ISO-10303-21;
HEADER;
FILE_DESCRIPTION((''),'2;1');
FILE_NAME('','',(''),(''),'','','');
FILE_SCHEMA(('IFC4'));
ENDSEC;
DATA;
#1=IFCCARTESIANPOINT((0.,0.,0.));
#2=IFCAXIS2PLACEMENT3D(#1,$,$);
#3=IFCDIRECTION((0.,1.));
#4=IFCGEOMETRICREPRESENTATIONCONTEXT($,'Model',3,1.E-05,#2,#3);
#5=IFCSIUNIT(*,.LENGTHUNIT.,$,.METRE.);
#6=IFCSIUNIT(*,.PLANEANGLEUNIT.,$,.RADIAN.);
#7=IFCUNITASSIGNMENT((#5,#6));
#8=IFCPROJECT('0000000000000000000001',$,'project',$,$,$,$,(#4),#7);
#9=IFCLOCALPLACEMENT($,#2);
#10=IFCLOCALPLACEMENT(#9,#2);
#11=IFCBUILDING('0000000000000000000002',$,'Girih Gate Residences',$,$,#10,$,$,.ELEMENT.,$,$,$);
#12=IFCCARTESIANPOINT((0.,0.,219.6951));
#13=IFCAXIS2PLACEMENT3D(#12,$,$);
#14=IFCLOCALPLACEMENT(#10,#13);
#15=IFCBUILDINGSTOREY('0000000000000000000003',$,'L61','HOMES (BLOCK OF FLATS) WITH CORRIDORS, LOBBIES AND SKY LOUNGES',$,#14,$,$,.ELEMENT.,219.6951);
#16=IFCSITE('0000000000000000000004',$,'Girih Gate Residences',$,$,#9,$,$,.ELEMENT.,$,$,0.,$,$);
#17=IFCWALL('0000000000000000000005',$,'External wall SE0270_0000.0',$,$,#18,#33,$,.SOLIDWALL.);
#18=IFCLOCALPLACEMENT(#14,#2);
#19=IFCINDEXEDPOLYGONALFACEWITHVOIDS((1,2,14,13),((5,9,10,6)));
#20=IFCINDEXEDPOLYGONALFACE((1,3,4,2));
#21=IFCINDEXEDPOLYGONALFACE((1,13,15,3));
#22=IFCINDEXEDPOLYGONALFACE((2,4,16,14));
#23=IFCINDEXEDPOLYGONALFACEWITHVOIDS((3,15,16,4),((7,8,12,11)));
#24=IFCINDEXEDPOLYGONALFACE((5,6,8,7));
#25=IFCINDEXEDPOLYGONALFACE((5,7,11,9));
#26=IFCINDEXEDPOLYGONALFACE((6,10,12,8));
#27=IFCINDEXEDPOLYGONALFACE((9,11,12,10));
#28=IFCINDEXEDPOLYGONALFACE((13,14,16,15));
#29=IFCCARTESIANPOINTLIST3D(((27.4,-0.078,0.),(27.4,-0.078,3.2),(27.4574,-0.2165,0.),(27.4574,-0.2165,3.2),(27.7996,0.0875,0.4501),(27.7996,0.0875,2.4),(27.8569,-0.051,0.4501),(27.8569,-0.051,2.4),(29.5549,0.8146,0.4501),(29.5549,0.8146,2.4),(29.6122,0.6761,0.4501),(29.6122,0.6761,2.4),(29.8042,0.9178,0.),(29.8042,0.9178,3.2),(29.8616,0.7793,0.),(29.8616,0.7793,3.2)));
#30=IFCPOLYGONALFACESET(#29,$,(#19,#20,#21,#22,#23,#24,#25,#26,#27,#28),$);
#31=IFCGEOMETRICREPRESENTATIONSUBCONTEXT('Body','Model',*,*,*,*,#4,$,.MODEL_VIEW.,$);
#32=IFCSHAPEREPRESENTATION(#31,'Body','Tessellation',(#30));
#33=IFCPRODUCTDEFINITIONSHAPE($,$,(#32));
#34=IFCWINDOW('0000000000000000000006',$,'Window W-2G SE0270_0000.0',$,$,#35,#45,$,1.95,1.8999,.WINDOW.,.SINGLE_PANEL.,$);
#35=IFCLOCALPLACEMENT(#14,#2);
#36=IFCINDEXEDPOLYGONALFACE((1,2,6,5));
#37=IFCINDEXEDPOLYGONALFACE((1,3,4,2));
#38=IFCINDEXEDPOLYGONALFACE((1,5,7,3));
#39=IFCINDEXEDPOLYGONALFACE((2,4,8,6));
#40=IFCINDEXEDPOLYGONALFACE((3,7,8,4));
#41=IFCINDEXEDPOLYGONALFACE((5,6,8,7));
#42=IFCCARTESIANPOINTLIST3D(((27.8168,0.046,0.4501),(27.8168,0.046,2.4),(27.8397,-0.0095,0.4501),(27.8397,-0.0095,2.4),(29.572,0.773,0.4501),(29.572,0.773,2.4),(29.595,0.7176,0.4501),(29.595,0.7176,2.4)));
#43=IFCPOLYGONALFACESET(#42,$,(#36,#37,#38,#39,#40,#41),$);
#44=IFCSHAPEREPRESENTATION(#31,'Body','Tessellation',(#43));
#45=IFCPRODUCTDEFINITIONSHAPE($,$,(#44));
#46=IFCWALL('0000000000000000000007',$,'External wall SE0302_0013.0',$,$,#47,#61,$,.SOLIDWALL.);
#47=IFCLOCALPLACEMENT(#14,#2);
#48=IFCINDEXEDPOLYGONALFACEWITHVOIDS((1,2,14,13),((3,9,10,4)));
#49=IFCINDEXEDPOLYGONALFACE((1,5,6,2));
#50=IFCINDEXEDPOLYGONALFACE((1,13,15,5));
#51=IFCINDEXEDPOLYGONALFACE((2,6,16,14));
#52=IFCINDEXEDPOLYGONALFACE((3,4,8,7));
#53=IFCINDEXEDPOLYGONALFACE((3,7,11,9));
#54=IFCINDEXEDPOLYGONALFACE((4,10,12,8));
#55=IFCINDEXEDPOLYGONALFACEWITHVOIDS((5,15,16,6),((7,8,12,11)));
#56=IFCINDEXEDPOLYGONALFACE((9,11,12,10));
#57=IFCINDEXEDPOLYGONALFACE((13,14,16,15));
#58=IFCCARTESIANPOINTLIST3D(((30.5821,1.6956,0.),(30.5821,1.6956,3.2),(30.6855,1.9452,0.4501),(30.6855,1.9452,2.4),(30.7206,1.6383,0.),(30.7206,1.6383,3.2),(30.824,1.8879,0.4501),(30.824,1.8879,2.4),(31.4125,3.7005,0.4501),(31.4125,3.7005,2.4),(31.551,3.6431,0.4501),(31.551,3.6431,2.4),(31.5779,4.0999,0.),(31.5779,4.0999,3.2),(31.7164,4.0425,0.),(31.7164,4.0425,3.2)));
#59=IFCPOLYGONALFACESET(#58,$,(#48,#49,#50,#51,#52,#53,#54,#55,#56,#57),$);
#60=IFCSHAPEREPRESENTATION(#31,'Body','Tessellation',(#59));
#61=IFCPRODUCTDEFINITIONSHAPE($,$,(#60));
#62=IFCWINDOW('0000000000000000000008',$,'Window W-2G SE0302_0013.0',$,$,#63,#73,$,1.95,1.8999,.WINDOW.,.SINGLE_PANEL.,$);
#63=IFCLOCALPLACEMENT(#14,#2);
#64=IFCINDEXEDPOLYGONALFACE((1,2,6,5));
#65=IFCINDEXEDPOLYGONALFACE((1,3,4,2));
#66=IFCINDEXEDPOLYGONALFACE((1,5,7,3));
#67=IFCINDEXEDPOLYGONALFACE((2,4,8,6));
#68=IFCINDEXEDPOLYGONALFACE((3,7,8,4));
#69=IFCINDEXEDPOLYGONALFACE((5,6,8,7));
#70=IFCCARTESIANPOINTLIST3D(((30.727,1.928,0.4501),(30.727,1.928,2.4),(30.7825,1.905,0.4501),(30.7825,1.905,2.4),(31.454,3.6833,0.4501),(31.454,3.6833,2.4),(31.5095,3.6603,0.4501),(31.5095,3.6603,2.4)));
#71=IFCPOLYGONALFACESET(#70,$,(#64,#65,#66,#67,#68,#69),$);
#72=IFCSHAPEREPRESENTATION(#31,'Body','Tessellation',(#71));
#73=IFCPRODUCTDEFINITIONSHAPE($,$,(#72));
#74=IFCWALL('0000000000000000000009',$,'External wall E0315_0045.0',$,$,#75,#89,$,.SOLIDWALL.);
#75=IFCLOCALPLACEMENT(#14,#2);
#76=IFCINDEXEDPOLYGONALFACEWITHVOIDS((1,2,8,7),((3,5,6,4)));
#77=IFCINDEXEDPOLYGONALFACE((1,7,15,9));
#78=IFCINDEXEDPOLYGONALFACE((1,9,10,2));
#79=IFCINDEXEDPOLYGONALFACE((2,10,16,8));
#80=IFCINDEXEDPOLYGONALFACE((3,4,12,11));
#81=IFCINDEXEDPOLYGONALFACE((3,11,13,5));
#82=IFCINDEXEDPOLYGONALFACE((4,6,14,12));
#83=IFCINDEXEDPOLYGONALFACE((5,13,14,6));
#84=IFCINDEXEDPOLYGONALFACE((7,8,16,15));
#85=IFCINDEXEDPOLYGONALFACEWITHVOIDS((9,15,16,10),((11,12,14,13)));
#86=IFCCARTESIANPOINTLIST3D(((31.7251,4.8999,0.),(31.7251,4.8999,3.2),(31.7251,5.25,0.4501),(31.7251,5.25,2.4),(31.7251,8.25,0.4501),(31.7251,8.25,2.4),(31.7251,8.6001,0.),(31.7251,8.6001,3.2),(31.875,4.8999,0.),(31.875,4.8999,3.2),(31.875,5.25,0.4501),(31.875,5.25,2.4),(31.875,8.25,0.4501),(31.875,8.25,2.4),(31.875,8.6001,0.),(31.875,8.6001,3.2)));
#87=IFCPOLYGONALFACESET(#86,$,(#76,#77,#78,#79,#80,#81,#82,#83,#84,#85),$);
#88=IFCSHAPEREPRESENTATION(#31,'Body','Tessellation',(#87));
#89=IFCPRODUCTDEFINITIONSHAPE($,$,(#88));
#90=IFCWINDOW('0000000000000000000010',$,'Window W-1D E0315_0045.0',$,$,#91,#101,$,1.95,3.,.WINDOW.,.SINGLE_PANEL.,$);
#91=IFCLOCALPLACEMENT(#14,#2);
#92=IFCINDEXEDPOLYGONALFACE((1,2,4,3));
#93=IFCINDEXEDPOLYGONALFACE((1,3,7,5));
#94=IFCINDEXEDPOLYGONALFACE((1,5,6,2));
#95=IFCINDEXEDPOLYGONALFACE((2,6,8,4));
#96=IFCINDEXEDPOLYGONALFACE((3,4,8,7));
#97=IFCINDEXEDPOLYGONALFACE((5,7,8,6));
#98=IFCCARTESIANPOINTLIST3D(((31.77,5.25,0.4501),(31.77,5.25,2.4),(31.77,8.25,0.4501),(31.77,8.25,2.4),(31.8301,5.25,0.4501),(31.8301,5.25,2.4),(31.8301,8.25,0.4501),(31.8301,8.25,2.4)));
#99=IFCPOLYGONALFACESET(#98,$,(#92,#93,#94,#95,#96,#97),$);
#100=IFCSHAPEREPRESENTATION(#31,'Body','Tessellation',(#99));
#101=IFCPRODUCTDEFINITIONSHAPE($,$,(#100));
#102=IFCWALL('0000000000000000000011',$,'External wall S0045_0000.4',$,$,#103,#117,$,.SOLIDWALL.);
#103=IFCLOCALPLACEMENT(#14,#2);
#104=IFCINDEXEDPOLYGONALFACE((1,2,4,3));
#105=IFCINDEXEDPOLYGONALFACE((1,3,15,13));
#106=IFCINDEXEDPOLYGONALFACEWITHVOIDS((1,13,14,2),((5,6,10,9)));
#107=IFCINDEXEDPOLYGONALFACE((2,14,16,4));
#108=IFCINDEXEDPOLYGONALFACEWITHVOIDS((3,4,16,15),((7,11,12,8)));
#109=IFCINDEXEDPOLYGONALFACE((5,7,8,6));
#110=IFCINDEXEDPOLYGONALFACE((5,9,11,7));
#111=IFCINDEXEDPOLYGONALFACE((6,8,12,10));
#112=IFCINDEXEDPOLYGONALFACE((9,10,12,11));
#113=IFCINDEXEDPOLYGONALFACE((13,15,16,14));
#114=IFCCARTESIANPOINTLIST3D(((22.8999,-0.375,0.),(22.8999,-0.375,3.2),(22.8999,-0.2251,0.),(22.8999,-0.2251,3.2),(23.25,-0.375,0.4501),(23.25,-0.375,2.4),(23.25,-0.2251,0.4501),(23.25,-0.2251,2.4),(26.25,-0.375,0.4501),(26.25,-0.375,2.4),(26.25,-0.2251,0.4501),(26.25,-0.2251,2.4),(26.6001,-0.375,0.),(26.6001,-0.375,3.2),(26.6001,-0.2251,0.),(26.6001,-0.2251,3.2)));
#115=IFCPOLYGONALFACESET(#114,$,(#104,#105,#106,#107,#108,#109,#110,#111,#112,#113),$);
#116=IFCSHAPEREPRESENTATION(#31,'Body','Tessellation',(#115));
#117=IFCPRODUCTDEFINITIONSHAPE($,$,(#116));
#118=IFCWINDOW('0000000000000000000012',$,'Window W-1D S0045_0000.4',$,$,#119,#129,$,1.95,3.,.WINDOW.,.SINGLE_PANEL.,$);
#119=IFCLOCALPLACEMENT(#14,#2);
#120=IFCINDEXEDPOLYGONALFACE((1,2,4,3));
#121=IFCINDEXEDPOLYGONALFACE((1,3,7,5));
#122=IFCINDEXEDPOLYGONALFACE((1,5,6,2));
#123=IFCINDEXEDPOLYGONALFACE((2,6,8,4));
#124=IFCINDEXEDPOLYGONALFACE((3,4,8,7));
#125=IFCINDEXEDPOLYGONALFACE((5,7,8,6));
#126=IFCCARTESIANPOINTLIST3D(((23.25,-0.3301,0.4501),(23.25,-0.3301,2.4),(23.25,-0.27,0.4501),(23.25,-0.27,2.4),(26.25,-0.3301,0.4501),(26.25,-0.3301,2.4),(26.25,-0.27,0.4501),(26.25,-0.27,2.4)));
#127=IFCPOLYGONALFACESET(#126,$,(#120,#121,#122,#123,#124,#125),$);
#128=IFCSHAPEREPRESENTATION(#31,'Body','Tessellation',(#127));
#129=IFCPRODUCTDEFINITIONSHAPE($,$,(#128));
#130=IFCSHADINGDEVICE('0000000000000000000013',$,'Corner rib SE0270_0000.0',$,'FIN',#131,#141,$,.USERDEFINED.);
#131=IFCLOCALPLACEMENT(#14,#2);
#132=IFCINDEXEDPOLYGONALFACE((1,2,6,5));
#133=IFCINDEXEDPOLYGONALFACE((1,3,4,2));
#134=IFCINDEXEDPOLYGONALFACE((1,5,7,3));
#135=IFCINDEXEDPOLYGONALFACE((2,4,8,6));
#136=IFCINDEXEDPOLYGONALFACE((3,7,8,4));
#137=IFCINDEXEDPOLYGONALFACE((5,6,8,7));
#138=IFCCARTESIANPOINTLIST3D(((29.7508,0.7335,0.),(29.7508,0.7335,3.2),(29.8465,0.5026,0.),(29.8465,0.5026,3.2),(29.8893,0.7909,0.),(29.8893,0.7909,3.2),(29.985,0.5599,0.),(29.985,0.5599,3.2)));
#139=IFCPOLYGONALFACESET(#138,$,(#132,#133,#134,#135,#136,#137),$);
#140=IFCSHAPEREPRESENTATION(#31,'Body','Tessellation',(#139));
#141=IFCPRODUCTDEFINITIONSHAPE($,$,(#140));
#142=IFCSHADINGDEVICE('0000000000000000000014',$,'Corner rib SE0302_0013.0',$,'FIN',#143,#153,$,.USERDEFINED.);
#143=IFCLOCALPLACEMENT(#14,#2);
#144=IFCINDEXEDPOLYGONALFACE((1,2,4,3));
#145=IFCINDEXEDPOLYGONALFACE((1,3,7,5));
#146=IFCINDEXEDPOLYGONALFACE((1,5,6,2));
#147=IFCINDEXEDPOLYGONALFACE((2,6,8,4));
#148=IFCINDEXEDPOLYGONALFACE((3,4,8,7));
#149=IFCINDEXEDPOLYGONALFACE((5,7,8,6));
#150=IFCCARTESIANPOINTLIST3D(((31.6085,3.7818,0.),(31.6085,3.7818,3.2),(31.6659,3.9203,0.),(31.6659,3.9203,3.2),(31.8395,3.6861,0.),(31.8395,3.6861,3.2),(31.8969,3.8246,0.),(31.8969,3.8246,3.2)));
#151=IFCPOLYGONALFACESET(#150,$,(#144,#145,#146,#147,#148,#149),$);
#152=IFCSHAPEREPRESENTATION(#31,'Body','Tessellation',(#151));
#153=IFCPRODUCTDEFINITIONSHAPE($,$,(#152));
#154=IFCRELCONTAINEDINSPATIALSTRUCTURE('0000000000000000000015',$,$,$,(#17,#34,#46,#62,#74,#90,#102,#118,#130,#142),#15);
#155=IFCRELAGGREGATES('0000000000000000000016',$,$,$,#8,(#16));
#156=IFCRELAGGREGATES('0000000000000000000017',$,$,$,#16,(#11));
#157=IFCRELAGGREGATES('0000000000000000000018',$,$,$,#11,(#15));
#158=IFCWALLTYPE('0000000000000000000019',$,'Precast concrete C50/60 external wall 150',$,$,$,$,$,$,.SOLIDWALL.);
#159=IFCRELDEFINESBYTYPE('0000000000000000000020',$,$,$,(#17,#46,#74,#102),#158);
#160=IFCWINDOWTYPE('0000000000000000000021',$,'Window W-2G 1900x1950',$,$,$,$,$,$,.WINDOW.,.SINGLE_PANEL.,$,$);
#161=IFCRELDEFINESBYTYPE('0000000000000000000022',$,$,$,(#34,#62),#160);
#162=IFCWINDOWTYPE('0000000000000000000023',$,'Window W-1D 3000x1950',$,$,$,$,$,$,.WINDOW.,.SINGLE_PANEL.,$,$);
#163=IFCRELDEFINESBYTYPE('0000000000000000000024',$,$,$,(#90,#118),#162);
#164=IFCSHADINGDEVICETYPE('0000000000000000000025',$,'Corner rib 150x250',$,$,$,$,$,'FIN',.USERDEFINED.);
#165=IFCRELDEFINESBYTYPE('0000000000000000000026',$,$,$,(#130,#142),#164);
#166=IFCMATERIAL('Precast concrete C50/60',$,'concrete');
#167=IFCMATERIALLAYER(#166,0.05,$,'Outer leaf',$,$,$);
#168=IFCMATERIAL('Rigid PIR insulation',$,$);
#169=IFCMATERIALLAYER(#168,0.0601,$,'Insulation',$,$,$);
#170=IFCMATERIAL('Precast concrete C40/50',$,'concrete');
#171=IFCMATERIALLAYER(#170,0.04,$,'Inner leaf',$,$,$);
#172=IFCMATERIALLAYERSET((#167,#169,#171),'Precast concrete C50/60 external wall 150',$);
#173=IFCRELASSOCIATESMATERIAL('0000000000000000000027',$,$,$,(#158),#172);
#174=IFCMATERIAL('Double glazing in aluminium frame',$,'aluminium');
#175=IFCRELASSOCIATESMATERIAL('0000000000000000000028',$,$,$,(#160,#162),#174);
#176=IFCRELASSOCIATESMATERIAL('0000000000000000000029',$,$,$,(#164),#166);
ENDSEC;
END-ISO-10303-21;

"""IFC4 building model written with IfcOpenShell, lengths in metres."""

from ifc_helpers import new_model, si_unit, direction, frame, frame_2d, origin, origin_2d, place, context, subcontext, project, spatial, rectangle, extrude, material, layer, layer_set, type_object, element, fill, save


model = new_model("IFC4")

# Units and contexts
model_context = context("Model", 3, precision=1e-05, world=origin(), true_north=direction((0.0, 1.0)))
body_context = subcontext(model_context, "Body", "Model", "MODEL_VIEW")
ifc_project = project(units=[si_unit("LENGTHUNIT", "METRE"), si_unit("PLANEANGLEUNIT", "RADIAN")], contexts=[model_context])

# Site, building, storey
site_placement = place(None, origin())
site = spatial("IfcSite", under=ifc_project, at=site_placement, Name="Girih Gate Residences", CompositionType="ELEMENT", RefElevation=0.0)
building_placement = place(site_placement, origin())
building = spatial("IfcBuilding", under=site, at=building_placement, Name="Girih Gate Residences", CompositionType="ELEMENT")
storey_placement = place(building_placement, frame((0.0, 0.0, 219.6951)))
storey = spatial("IfcBuildingStorey", under=building, at=storey_placement, Name="L61", Description="HOMES (BLOCK OF FLATS) WITH CORRIDORS, LOBBIES AND SKY LOUNGES", CompositionType="ELEMENT", Elevation=219.6951)

# Walls, openings, windows
ifc_material_1 = material(Name="Precast concrete C50/60", Category="concrete")
ifc_layer_1 = layer(ifc_material_1, 0.05, Name="Outer leaf")
ifc_material_2 = material(Name="Rigid PIR insulation")
ifc_layer_2 = layer(ifc_material_2, 0.0601, Name="Insulation")
ifc_material_3 = material(Name="Precast concrete C40/50", Category="concrete")
ifc_layer_3 = layer(ifc_material_3, 0.04, Name="Inner leaf")
ifc_layer_set_1 = layer_set([ifc_layer_1, ifc_layer_2, ifc_layer_3], Name="Precast concrete C50/60 external wall 150")
wall_type_1 = type_object("IfcWallType", Name="Precast concrete C50/60 external wall 150", PredefinedType="SOLIDWALL", material=ifc_layer_set_1)
wall_1_placement = place(storey_placement, frame((29.833, 0.8486, 0.0), z_axis=(0.0, 0.0, 1.0), x_axis=(-0.923885, -0.382669, 0.0)))
wall_1 = element("IfcWall", 1, at=wall_1_placement, inside=storey, type_object=wall_type_1, Name="External wall SE0270_0000.0", PredefinedType="SOLIDWALL", context=body_context, shape_type="SweptSolid", body=[
    extrude(rectangle(XDim=2.6023, YDim=0.1499, at=frame_2d((1.3013, 0.0))), origin(), (0.0, 0.0, 1.0), 3.2),
])
opening_1_placement = place(wall_1_placement, frame((0.27, 0.0, 0.45)))
opening_1 = element("IfcOpeningElement", 2, at=opening_1_placement, cuts=wall_1, PredefinedType="OPENING", context=body_context, shape_type="SweptSolid", body=[
    extrude(rectangle(XDim=1.8999, YDim=1.95, at=frame_2d((0.95, 0.9751))), frame((0.0, 0.085, 0.0), z_axis=(0.0, -1.0, 0.0), x_axis=(1.0, 0.0, 0.0)), (0.0, 0.0, 1.0), 0.1699),
])
ifc_material_4 = material(Name="Double glazing in aluminium frame", Category="aluminium")
window_type_1 = type_object("IfcWindowType", Name="Window W-2G 1900x1950", PartitioningType="SINGLE_PANEL", PredefinedType="WINDOW", material=ifc_material_4)
window_1_placement = place(opening_1_placement, origin())
window_1 = element("IfcWindow", 3, at=window_1_placement, inside=storey, type_object=window_type_1, Name="Window W-2G SE0270_0000.0", OverallHeight=1.95, OverallWidth=1.8999, PartitioningType="SINGLE_PANEL", PredefinedType="WINDOW", context=body_context, shape_type="SweptSolid", body=[
    extrude(rectangle(XDim=1.8999, YDim=1.95, at=frame_2d((0.95, 0.9751))), frame((0.0, 0.03, 0.0), z_axis=(0.0, -1.0, 0.0), x_axis=(1.0, 0.0, 0.0)), (0.0, 0.0, 1.0), 0.0601),
])
fill(opening_1, window_1)
wall_2_placement = place(storey_placement, frame((31.6472, 4.0713, 0.0), z_axis=(0.0, 0.0, 1.0), x_axis=(-0.382669, -0.923885, 0.0)))
wall_2 = element("IfcWall", 4, at=wall_2_placement, inside=storey, type_object=wall_type_1, Name="External wall SE0302_0013.0", PredefinedType="SOLIDWALL", context=body_context, shape_type="SweptSolid", body=[
    extrude(rectangle(XDim=2.6023, YDim=0.1499, at=frame_2d((1.3013, 0.0))), origin(), (0.0, 0.0, 1.0), 3.2),
])
opening_2_placement = place(wall_2_placement, frame((0.4324, 0.0, 0.45)))
opening_2 = element("IfcOpeningElement", 5, at=opening_2_placement, cuts=wall_2, PredefinedType="OPENING", context=body_context, shape_type="SweptSolid", body=[
    extrude(rectangle(XDim=1.8999, YDim=1.95, at=frame_2d((0.95, 0.9751))), frame((0.0, 0.085, 0.0), z_axis=(0.0, -1.0, 0.0), x_axis=(1.0, 0.0, 0.0)), (0.0, 0.0, 1.0), 0.1699),
])
window_2_placement = place(opening_2_placement, origin())
window_2 = element("IfcWindow", 6, at=window_2_placement, inside=storey, type_object=window_type_1, Name="Window W-2G SE0302_0013.0", OverallHeight=1.95, OverallWidth=1.8999, PartitioningType="SINGLE_PANEL", PredefinedType="WINDOW", context=body_context, shape_type="SweptSolid", body=[
    extrude(rectangle(XDim=1.8999, YDim=1.95, at=frame_2d((0.95, 0.9751))), frame((0.0, 0.03, 0.0), z_axis=(0.0, -1.0, 0.0), x_axis=(1.0, 0.0, 0.0)), (0.0, 0.0, 1.0), 0.0601),
])
fill(opening_2, window_2)
wall_3_placement = place(storey_placement, frame((31.8, 8.6001, 0.0), z_axis=(0.0, 0.0, 1.0), x_axis=(0.0, -1.0, 0.0)))
wall_3 = element("IfcWall", 7, at=wall_3_placement, inside=storey, type_object=wall_type_1, Name="External wall E0315_0045.0", PredefinedType="SOLIDWALL", context=body_context, shape_type="SweptSolid", body=[
    extrude(rectangle(XDim=3.7002, YDim=0.1499, at=frame_2d((1.8501, 0.0))), origin(), (0.0, 0.0, 1.0), 3.2),
])
opening_3_placement = place(wall_3_placement, frame((0.3501, 0.0, 0.45)))
opening_3 = element("IfcOpeningElement", 8, at=opening_3_placement, cuts=wall_3, PredefinedType="OPENING", context=body_context, shape_type="SweptSolid", body=[
    extrude(rectangle(XDim=3.0, YDim=1.95, at=frame_2d((1.5, 0.9751))), frame((0.0, 0.085, 0.0), z_axis=(0.0, -1.0, 0.0), x_axis=(1.0, 0.0, 0.0)), (0.0, 0.0, 1.0), 0.1699),
])
window_type_2 = type_object("IfcWindowType", Name="Window W-1D 3000x1950", PartitioningType="SINGLE_PANEL", PredefinedType="WINDOW", material=ifc_material_4)
window_3_placement = place(opening_3_placement, origin())
window_3 = element("IfcWindow", 9, at=window_3_placement, inside=storey, type_object=window_type_2, Name="Window W-1D E0315_0045.0", OverallHeight=1.95, OverallWidth=3.0, PartitioningType="SINGLE_PANEL", PredefinedType="WINDOW", context=body_context, shape_type="SweptSolid", body=[
    extrude(rectangle(XDim=3.0, YDim=1.95, at=frame_2d((1.5, 0.9751))), frame((0.0, 0.03, 0.0), z_axis=(0.0, -1.0, 0.0), x_axis=(1.0, 0.0, 0.0)), (0.0, 0.0, 1.0), 0.0601),
])
fill(opening_3, window_3)
wall_4_placement = place(storey_placement, frame((26.6001, -0.3, 0.0), z_axis=(0.0, 0.0, 1.0), x_axis=(-1.0, 0.0, 0.0)))
wall_4 = element("IfcWall", 10, at=wall_4_placement, inside=storey, type_object=wall_type_1, Name="External wall S0045_0000.4", PredefinedType="SOLIDWALL", context=body_context, shape_type="SweptSolid", body=[
    extrude(rectangle(XDim=3.7002, YDim=0.1499, at=frame_2d((1.8501, 0.0))), origin(), (0.0, 0.0, 1.0), 3.2),
])
opening_4_placement = place(wall_4_placement, frame((0.3501, 0.0, 0.45)))
opening_4 = element("IfcOpeningElement", 11, at=opening_4_placement, cuts=wall_4, PredefinedType="OPENING", context=body_context, shape_type="SweptSolid", body=[
    extrude(rectangle(XDim=3.0, YDim=1.95, at=frame_2d((1.5, 0.9751))), frame((0.0, 0.085, 0.0), z_axis=(0.0, -1.0, 0.0), x_axis=(1.0, 0.0, 0.0)), (0.0, 0.0, 1.0), 0.1699),
])
window_4_placement = place(opening_4_placement, origin())
window_4 = element("IfcWindow", 12, at=window_4_placement, inside=storey, type_object=window_type_2, Name="Window W-1D S0045_0000.4", OverallHeight=1.95, OverallWidth=3.0, PartitioningType="SINGLE_PANEL", PredefinedType="WINDOW", context=body_context, shape_type="SweptSolid", body=[
    extrude(rectangle(XDim=3.0, YDim=1.95, at=frame_2d((1.5, 0.9751))), frame((0.0, 0.03, 0.0), z_axis=(0.0, -1.0, 0.0), x_axis=(1.0, 0.0, 0.0)), (0.0, 0.0, 1.0), 0.0601),
])
fill(opening_4, window_4)

# Shading devices
shading_device_type = type_object("IfcShadingDeviceType", Name="Corner rib 150x250", ElementType="FIN", PredefinedType="USERDEFINED", material=ifc_material_1)
for number, where, z_axis, x_axis, name in (
    (13, (29.8679, 0.6467, 0.0), (0.0, 0.0, 1.0), (0.92388, 0.382683, 0.0), "Corner rib SE0270_0000.0"),
    (14, (31.7527, 3.8032, 0.0), (0.0, 0.0, 1.0), (0.382683, 0.92388, 0.0), "Corner rib SE0302_0013.0"),
):
    element("IfcShadingDevice", number, at=place(storey_placement, frame(where, z_axis=z_axis, x_axis=x_axis)), inside=storey, type_object=shading_device_type, Name=name, ObjectType="FIN", PredefinedType="USERDEFINED", context=body_context, shape_type="SweptSolid", body=[
        extrude(rectangle(XDim=0.1499, YDim=0.25, at=origin_2d()), origin(), (0.0, 0.0, 1.0), 3.2),
    ])

save(model, "model.ifc")
